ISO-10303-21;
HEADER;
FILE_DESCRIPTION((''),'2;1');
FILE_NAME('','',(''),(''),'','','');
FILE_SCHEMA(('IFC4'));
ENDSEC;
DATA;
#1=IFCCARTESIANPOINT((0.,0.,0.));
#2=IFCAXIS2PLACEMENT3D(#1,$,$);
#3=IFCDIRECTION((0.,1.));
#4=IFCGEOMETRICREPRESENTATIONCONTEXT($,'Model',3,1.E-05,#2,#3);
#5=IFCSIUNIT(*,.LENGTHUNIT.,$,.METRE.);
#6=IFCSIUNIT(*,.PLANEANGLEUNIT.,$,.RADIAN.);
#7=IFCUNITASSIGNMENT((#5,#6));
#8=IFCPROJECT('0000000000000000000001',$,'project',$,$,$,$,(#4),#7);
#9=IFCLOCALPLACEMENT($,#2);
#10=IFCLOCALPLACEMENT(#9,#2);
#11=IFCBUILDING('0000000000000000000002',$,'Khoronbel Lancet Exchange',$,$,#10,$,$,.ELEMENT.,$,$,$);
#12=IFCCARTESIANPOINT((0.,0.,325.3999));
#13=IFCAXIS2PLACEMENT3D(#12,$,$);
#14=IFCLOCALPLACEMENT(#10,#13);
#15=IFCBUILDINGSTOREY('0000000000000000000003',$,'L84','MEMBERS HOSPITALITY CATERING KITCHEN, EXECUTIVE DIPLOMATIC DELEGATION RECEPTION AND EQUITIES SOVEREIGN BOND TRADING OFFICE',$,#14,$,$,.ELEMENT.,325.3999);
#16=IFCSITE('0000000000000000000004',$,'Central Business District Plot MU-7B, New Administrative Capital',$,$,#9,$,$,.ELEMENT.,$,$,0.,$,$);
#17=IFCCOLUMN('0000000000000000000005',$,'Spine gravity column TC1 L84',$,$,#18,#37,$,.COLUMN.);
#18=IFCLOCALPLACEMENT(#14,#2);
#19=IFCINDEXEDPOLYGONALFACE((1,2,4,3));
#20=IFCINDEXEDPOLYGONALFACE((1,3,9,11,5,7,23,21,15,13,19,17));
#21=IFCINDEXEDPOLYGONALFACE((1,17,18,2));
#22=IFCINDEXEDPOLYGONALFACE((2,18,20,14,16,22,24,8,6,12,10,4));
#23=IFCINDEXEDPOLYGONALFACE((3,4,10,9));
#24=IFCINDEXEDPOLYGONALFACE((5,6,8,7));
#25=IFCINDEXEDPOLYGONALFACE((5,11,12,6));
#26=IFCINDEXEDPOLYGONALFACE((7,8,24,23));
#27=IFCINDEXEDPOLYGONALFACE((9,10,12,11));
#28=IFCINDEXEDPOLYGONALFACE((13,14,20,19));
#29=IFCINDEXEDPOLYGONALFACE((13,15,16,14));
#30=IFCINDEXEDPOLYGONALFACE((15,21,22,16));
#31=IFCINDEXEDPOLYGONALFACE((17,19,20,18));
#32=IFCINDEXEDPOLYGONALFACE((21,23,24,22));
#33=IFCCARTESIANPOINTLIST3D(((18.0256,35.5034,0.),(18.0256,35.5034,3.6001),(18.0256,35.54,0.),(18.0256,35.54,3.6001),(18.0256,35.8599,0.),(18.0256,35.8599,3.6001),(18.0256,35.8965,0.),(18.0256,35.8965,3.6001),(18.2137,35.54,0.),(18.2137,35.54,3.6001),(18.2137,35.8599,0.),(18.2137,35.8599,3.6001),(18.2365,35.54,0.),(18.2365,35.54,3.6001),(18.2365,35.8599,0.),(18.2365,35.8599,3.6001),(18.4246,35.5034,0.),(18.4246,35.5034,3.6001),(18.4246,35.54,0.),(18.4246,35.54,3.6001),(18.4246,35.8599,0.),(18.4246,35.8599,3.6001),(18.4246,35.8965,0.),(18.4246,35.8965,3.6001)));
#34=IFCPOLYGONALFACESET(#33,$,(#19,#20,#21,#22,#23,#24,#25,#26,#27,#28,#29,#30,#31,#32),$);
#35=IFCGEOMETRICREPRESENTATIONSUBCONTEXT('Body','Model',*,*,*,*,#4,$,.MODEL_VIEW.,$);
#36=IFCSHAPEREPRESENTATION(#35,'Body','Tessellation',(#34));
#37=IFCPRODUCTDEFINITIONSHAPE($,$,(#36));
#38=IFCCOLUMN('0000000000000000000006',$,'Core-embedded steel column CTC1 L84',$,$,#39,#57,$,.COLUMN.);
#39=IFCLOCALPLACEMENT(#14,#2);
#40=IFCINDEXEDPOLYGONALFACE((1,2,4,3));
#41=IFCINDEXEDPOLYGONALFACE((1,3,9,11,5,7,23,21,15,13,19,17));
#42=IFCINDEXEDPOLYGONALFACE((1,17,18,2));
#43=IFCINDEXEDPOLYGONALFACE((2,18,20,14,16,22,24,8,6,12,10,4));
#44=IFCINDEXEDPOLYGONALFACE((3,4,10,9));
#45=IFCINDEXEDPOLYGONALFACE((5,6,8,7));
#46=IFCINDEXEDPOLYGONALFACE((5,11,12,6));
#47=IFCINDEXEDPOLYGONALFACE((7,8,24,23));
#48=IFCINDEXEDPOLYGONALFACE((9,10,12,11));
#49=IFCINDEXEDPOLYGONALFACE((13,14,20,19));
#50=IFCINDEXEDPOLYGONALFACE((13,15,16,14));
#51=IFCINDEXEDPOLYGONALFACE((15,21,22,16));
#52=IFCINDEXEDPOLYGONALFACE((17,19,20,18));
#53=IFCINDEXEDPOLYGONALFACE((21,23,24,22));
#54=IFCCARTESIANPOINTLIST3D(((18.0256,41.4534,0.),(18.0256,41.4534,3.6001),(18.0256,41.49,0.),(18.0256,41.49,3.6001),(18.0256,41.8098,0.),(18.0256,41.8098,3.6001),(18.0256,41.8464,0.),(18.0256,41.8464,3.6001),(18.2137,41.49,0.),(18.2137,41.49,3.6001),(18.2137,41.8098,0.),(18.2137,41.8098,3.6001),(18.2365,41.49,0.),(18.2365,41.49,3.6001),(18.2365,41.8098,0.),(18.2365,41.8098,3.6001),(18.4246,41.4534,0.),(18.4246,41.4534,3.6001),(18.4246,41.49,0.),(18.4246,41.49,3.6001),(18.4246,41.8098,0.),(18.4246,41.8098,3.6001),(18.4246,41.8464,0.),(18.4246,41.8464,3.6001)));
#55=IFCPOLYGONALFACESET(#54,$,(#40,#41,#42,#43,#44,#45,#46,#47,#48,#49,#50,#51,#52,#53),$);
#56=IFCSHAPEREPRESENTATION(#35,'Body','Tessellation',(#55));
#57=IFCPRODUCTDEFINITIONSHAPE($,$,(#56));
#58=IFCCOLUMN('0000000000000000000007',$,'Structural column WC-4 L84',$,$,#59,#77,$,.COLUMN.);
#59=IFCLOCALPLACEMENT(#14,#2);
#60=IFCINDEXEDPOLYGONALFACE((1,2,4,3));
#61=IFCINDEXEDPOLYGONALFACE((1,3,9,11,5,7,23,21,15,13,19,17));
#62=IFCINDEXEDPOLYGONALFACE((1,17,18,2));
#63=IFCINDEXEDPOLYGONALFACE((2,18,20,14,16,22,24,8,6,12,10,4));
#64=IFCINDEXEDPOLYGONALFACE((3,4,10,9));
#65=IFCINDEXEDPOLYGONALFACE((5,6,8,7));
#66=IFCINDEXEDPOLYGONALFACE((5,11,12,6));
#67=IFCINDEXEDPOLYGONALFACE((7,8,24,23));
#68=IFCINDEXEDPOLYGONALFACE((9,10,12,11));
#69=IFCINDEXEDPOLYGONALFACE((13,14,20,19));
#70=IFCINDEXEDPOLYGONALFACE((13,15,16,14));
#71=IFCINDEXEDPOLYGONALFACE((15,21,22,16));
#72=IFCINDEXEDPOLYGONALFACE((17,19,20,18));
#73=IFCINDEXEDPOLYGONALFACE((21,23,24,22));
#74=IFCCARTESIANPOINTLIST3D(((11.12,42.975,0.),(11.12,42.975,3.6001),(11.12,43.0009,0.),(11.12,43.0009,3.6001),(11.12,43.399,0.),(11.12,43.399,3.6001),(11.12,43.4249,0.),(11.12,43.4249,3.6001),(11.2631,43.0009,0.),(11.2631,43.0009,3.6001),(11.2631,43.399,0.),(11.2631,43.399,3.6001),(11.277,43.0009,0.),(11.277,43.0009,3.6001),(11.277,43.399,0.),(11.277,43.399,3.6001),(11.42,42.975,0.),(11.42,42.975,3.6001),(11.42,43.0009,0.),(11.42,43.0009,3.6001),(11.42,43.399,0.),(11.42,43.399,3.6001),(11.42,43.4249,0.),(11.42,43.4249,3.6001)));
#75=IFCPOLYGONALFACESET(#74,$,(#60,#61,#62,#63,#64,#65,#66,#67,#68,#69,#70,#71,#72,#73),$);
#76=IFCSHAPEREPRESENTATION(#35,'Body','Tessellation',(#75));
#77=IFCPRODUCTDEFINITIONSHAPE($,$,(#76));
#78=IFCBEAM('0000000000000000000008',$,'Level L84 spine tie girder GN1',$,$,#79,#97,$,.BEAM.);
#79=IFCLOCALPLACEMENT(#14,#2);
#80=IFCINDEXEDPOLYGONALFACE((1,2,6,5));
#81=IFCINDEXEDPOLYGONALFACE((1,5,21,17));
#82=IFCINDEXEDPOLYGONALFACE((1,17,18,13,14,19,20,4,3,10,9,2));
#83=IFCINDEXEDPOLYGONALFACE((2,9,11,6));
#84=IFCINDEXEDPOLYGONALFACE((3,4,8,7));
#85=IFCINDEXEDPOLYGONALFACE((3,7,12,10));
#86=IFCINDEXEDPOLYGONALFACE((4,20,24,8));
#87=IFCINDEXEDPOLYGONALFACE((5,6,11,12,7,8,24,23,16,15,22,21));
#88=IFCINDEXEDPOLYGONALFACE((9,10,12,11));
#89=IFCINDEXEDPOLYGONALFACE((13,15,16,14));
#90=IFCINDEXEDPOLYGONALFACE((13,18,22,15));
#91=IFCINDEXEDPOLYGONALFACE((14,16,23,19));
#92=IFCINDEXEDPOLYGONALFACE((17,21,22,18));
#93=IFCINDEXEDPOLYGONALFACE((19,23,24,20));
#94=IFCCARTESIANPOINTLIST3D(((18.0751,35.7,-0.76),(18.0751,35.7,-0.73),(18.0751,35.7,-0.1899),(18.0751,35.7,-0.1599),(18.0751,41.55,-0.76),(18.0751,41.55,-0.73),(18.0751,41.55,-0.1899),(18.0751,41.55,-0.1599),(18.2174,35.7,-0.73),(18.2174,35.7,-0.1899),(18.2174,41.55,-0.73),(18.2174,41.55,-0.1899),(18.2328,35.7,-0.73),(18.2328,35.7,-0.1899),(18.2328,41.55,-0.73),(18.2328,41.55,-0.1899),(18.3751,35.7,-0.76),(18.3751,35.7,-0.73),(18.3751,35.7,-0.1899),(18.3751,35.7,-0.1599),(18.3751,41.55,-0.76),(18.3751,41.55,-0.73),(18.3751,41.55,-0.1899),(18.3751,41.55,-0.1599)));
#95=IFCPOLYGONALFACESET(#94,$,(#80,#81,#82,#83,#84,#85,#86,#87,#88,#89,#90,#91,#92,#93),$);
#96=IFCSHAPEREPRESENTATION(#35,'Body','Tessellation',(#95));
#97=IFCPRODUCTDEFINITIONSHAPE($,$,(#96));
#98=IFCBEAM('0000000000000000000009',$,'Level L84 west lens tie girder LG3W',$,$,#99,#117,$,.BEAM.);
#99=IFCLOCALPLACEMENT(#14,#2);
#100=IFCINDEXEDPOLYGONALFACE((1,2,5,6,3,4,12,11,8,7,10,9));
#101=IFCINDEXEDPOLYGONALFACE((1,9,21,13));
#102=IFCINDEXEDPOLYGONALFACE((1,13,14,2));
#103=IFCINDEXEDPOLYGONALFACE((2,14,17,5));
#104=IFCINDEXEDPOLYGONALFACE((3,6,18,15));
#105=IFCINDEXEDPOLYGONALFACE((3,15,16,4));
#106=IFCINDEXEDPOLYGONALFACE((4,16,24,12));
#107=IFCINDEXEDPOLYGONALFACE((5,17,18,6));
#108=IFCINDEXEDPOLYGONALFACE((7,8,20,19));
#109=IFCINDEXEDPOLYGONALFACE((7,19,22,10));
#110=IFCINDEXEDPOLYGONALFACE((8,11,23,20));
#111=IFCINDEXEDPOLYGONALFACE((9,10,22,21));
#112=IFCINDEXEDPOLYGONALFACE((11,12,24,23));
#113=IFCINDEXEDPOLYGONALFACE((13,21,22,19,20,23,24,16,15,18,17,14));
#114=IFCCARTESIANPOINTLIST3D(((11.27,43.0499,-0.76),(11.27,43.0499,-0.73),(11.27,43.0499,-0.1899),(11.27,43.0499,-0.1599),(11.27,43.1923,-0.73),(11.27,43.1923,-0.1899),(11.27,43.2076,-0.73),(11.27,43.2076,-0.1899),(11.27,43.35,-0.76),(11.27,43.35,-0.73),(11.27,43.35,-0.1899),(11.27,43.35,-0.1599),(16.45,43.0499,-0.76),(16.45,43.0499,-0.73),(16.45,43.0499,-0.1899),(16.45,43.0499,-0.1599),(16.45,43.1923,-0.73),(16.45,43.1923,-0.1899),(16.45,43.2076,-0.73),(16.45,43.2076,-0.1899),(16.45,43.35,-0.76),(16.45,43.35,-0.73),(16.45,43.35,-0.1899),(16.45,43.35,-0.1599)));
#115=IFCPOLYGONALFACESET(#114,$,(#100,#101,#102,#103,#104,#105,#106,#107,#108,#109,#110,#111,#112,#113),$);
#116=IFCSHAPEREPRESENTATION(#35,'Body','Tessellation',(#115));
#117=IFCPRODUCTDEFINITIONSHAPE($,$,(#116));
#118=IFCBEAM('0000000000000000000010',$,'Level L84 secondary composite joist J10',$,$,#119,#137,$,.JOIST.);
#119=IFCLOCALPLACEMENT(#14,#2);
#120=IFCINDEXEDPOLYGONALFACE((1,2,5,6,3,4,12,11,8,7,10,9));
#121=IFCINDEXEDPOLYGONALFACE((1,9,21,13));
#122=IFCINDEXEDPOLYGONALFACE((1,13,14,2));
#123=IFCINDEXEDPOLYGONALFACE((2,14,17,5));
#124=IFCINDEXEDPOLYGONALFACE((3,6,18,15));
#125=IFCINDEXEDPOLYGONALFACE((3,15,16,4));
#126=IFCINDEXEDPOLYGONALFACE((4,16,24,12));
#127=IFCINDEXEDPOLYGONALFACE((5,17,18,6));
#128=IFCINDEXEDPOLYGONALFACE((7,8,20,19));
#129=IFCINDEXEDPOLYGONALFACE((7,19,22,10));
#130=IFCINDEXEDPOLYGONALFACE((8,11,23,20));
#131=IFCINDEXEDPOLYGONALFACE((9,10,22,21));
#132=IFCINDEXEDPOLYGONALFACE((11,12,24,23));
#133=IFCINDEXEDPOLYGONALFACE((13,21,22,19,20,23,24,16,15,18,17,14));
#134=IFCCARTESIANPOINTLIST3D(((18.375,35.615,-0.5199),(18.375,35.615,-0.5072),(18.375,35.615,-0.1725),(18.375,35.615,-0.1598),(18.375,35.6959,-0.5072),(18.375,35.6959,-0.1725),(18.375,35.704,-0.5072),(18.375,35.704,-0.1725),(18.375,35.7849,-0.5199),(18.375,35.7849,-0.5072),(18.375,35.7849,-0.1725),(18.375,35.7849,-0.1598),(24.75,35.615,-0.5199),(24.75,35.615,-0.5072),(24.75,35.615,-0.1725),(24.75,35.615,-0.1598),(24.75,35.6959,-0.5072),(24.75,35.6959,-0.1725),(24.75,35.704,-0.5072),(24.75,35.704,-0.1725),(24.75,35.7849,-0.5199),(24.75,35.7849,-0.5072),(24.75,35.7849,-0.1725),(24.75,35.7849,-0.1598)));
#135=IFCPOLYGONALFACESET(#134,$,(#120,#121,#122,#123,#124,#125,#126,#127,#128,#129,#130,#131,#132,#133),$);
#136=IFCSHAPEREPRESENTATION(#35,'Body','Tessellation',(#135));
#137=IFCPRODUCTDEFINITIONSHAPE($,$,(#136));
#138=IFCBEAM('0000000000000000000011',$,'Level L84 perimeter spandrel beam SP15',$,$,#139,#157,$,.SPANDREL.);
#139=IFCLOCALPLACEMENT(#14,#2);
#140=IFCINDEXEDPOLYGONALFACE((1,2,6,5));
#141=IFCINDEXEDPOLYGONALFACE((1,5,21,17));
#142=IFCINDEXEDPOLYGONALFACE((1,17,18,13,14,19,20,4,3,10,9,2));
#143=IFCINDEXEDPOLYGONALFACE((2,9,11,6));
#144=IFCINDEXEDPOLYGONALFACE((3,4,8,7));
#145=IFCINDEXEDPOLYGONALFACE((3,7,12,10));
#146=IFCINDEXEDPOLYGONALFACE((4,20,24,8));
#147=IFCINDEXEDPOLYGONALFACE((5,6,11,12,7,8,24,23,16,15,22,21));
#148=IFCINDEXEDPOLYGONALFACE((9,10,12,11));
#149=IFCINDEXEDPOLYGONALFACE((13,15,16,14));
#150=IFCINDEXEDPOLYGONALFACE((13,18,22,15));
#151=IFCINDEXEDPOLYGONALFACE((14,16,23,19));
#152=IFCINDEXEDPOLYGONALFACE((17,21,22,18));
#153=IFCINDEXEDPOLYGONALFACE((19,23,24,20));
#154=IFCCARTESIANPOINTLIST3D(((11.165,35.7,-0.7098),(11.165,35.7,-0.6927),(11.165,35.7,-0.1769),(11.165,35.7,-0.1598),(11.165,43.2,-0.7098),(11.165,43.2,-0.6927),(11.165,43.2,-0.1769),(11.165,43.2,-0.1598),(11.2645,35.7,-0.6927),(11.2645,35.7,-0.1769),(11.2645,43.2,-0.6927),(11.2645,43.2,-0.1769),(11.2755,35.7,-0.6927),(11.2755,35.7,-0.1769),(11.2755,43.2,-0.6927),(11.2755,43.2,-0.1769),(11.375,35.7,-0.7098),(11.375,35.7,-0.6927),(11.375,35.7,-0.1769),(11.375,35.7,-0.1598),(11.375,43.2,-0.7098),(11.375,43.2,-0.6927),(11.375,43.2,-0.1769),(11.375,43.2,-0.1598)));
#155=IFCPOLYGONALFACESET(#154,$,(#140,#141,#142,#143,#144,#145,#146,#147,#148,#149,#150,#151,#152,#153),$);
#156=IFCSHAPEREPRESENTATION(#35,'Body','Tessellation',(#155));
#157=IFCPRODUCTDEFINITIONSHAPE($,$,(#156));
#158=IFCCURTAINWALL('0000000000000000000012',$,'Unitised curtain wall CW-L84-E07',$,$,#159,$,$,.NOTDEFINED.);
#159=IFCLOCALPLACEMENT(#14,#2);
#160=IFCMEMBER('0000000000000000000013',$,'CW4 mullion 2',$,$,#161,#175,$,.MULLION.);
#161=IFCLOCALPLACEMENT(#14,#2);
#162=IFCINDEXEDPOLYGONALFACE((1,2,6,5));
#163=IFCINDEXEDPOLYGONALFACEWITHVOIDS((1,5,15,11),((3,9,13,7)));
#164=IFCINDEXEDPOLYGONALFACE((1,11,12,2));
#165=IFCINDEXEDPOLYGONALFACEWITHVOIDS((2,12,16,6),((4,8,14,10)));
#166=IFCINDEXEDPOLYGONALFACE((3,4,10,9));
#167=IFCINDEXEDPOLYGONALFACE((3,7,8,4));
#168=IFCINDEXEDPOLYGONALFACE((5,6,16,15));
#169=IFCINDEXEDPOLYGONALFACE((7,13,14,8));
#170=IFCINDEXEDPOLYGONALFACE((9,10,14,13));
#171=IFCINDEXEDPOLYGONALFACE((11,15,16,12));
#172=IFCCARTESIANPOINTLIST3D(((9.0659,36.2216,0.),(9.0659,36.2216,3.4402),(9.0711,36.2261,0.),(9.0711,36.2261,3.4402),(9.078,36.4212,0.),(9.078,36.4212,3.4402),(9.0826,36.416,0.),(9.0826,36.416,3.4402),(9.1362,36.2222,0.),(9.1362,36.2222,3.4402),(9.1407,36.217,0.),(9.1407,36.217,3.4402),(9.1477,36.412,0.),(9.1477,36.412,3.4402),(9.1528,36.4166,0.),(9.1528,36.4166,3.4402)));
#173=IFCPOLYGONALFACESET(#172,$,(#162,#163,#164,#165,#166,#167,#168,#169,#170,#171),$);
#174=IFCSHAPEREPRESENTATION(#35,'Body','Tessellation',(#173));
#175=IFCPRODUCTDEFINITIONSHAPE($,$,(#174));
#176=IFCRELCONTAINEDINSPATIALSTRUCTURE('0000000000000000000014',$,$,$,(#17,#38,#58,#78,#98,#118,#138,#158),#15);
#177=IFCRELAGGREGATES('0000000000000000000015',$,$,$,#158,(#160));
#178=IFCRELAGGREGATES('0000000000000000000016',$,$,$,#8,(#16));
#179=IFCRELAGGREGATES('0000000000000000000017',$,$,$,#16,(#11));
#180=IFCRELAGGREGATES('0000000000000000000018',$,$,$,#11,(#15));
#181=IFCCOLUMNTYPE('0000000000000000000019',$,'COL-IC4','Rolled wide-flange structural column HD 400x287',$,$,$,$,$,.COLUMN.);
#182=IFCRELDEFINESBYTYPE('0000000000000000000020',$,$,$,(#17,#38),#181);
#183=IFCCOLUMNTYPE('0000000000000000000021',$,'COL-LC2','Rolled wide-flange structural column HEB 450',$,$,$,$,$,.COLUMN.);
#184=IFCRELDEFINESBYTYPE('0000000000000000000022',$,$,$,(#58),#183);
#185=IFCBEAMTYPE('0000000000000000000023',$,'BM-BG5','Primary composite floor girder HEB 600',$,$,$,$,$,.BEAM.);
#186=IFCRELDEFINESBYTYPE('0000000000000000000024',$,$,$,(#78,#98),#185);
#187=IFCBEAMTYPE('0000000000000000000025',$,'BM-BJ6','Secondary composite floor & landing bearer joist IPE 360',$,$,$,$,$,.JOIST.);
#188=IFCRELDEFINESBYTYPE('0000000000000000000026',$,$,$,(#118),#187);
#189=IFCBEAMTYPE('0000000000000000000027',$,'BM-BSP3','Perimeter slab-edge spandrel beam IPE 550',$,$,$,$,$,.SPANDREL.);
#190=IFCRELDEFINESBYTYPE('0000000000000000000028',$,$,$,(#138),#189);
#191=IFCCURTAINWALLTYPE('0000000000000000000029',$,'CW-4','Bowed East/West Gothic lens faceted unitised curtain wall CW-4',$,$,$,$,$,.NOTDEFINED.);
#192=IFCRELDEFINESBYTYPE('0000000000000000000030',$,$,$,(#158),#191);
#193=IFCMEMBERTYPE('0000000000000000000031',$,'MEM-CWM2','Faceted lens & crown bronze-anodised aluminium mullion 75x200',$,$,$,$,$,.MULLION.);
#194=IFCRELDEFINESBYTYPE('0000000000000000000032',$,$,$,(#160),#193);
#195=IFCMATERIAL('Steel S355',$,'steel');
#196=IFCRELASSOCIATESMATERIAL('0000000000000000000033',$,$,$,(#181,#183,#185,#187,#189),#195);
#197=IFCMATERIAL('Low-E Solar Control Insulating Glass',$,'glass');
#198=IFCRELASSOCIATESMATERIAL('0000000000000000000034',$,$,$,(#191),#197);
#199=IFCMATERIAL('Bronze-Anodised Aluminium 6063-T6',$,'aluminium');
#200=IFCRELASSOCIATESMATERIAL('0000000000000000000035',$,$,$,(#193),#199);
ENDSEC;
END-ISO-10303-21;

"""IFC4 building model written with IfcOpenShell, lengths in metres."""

from ifc_helpers import new_model, si_unit, direction, frame, origin, origin_2d, place, context, subcontext, project, spatial, hollow_rectangle, i_section, extrude, material, material_profile, profile_set, type_object, element, aggregate, save


model = new_model("IFC4")

# Units and contexts
model_context = context("Model", 3, precision=1e-05, world=origin(), true_north=direction((0.0, 1.0)))
body_context = subcontext(model_context, "Body", "Model", "MODEL_VIEW")
ifc_project = project(units=[si_unit("LENGTHUNIT", "METRE"), si_unit("PLANEANGLEUNIT", "RADIAN")], contexts=[model_context])

# Site, building, storey
site_placement = place(None, origin())
site = spatial("IfcSite", under=ifc_project, at=site_placement, Name="Central Business District Plot MU-7B, New Administrative Capital", CompositionType="ELEMENT", RefElevation=0.0)
building_placement = place(site_placement, origin())
building = spatial("IfcBuilding", under=site, at=building_placement, Name="Khoronbel Lancet Exchange", CompositionType="ELEMENT")
storey_placement = place(building_placement, frame((0.0, 0.0, 325.3999)))
storey = spatial("IfcBuildingStorey", under=building, at=storey_placement, Name="L84", Description="MEMBERS HOSPITALITY CATERING KITCHEN, EXECUTIVE DIPLOMATIC DELEGATION RECEPTION AND EQUITIES SOVEREIGN BOND TRADING OFFICE", CompositionType="ELEMENT", Elevation=325.3999)

# Columns
ifc_material_1 = material(Name="Steel S355", Category="steel")
ifc_material_profile_1 = material_profile(ifc_material_1, i_section(OverallWidth=0.3989, OverallDepth=0.3931, WebThickness=0.0227, FlangeThickness=0.0366, at=origin_2d()), Name="HD 400x287")
ifc_profile_set_1 = profile_set([ifc_material_profile_1], Name="Steel S355")
column_type_1 = type_object("IfcColumnType", Name="COL-IC4", Description="Rolled wide-flange structural column HD 400x287", PredefinedType="COLUMN", material=ifc_profile_set_1)
for number, where, z_axis, x_axis, name in (
    (1, (18.2251, 35.7, 0.0), (0.0, 0.0, 1.0), (1.0, 0.0, 0.0), "Spine gravity column TC1 L84"),
    (2, (18.2251, 41.6499, 0.0), (0.0, 0.0, 1.0), (1.0, 0.0, 0.0), "Core-embedded steel column CTC1 L84"),
):
    element("IfcColumn", number, at=place(storey_placement, frame(where, z_axis=z_axis, x_axis=x_axis)), inside=storey, type_object=column_type_1, Name=name, PredefinedType="COLUMN", context=body_context, shape_type="SweptSolid", body=[
        extrude(i_section(OverallWidth=0.3989, OverallDepth=0.3931, WebThickness=0.0227, FlangeThickness=0.0366, at=origin_2d()), origin(), (0.0, 0.0, 1.0), 3.6001),
    ])
ifc_material_profile_2 = material_profile(ifc_material_1, i_section(OverallWidth=0.3, OverallDepth=0.45, WebThickness=0.0139, FlangeThickness=0.0259, at=origin_2d()), Name="HEB 450")
ifc_profile_set_2 = profile_set([ifc_material_profile_2], Name="Steel S355")
column_type_2 = type_object("IfcColumnType", Name="COL-LC2", Description="Rolled wide-flange structural column HEB 450", PredefinedType="COLUMN", material=ifc_profile_set_2)
column_placement = place(storey_placement, frame((11.27, 43.2, 0.0), z_axis=(0.0, 0.0, 1.0), x_axis=(1.0, 0.0, 0.0)))
element("IfcColumn", 3, at=column_placement, inside=storey, type_object=column_type_2, Name="Structural column WC-4 L84", PredefinedType="COLUMN", context=body_context, shape_type="SweptSolid", body=[
    extrude(i_section(OverallWidth=0.3, OverallDepth=0.45, WebThickness=0.0139, FlangeThickness=0.0259, at=origin_2d()), origin(), (0.0, 0.0, 1.0), 3.6001),
])

# Beams
ifc_material_profile_3 = material_profile(ifc_material_1, i_section(OverallWidth=0.3, OverallDepth=0.6001, WebThickness=0.0154, FlangeThickness=0.03, at=origin_2d()), Name="HEB 600")
ifc_profile_set_3 = profile_set([ifc_material_profile_3], Name="Steel S355")
beam_type_1 = type_object("IfcBeamType", Name="BM-BG5", Description="Primary composite floor girder HEB 600", PredefinedType="BEAM", material=ifc_profile_set_3)
beam_1_placement = place(storey_placement, frame((18.2251, 35.7, -0.46), z_axis=(0.0, 1.0, 0.0), x_axis=(-1.0, 0.0, 0.0)))
element("IfcBeam", 4, at=beam_1_placement, inside=storey, type_object=beam_type_1, Name="Level L84 spine tie girder GN1", PredefinedType="BEAM", context=body_context, shape_type="SweptSolid", body=[
    extrude(i_section(OverallWidth=0.3, OverallDepth=0.6001, WebThickness=0.0154, FlangeThickness=0.03, at=origin_2d()), origin(), (0.0, 0.0, 1.0), 5.8501),
])
beam_2_placement = place(storey_placement, frame((11.27, 43.2, -0.46), z_axis=(1.0, 0.0, 0.0), x_axis=(0.0, 1.0, 0.0)))
element("IfcBeam", 5, at=beam_2_placement, inside=storey, type_object=beam_type_1, Name="Level L84 west lens tie girder LG3W", PredefinedType="BEAM", context=body_context, shape_type="SweptSolid", body=[
    extrude(i_section(OverallWidth=0.3, OverallDepth=0.6001, WebThickness=0.0154, FlangeThickness=0.03, at=origin_2d()), origin(), (0.0, 0.0, 1.0), 5.1799),
])
ifc_material_profile_4 = material_profile(ifc_material_1, i_section(OverallWidth=0.1699, OverallDepth=0.3601, WebThickness=0.0081, FlangeThickness=0.0127, at=origin_2d()), Name="IPE 360")
ifc_profile_set_4 = profile_set([ifc_material_profile_4], Name="Steel S355")
beam_type_2 = type_object("IfcBeamType", Name="BM-BJ6", Description="Secondary composite floor & landing bearer joist IPE 360", PredefinedType="JOIST", material=ifc_profile_set_4)
beam_3_placement = place(storey_placement, frame((18.375, 35.7, -0.3398), z_axis=(1.0, 0.0, 0.0), x_axis=(0.0, 1.0, 0.0)))
element("IfcBeam", 6, at=beam_3_placement, inside=storey, type_object=beam_type_2, Name="Level L84 secondary composite joist J10", PredefinedType="JOIST", context=body_context, shape_type="SweptSolid", body=[
    extrude(i_section(OverallWidth=0.1699, OverallDepth=0.3601, WebThickness=0.0081, FlangeThickness=0.0127, at=origin_2d()), origin(), (0.0, 0.0, 1.0), 6.375),
])
ifc_material_profile_5 = material_profile(ifc_material_1, i_section(OverallWidth=0.21, OverallDepth=0.55, WebThickness=0.011, FlangeThickness=0.0171, at=origin_2d()), Name="IPE 550")
ifc_profile_set_5 = profile_set([ifc_material_profile_5], Name="Steel S355")
beam_type_3 = type_object("IfcBeamType", Name="BM-BSP3", Description="Perimeter slab-edge spandrel beam IPE 550", PredefinedType="SPANDREL", material=ifc_profile_set_5)
beam_4_placement = place(storey_placement, frame((11.27, 43.2, -0.4348), z_axis=(0.0, -1.0, 0.0), x_axis=(1.0, 0.0, 0.0)))
element("IfcBeam", 7, at=beam_4_placement, inside=storey, type_object=beam_type_3, Name="Level L84 perimeter spandrel beam SP15", PredefinedType="SPANDREL", context=body_context, shape_type="SweptSolid", body=[
    extrude(i_section(OverallWidth=0.21, OverallDepth=0.55, WebThickness=0.011, FlangeThickness=0.0171, at=origin_2d()), origin(), (0.0, 0.0, 1.0), 7.5),
])

# Curtain wall, member
ifc_material_2 = material(Name="Low-E Solar Control Insulating Glass", Category="glass")
curtain_wall_type = type_object("IfcCurtainWallType", Name="CW-4", Description="Bowed East/West Gothic lens faceted unitised curtain wall CW-4", PredefinedType="NOTDEFINED", material=ifc_material_2)
curtain_wall_1_placement = place(storey_placement, origin())
curtain_wall_1 = element("IfcCurtainWall", 8, at=curtain_wall_1_placement, inside=storey, type_object=curtain_wall_type, Name="Unitised curtain wall CW-L84-E07", PredefinedType="NOTDEFINED")
ifc_material_3 = material(Name="Bronze-Anodised Aluminium 6063-T6", Category="aluminium")
ifc_material_profile_6 = material_profile(ifc_material_3, hollow_rectangle(XDim=0.075, YDim=0.2, WallThickness=0.0049, at=origin_2d()), Name="ALU MULLION 75x200")
ifc_profile_set_6 = profile_set([ifc_material_profile_6], Name="Bronze-Anodised Aluminium 6063-T6")
member_type_1 = type_object("IfcMemberType", Name="MEM-CWM2", Description="Faceted lens & crown bronze-anodised aluminium mullion 75x200", PredefinedType="MULLION", material=ifc_profile_set_6)
member_1_placement = place(storey_placement, frame((9.1094, 36.3191, 0.0), z_axis=(0.0, 0.0, 1.0), x_axis=(-0.998169, 0.060491, 0.0)))
member_1 = element("IfcMember", 9, at=member_1_placement, type_object=member_type_1, Name="CW4 mullion 2", PredefinedType="MULLION", context=body_context, shape_type="SweptSolid", body=[
    extrude(hollow_rectangle(XDim=0.075, YDim=0.2, WallThickness=0.0049, at=origin_2d()), origin(), (0.0, 0.0, 1.0), 3.4402),
])
aggregate(curtain_wall_1, [member_1])

save(model, "model.ifc")
